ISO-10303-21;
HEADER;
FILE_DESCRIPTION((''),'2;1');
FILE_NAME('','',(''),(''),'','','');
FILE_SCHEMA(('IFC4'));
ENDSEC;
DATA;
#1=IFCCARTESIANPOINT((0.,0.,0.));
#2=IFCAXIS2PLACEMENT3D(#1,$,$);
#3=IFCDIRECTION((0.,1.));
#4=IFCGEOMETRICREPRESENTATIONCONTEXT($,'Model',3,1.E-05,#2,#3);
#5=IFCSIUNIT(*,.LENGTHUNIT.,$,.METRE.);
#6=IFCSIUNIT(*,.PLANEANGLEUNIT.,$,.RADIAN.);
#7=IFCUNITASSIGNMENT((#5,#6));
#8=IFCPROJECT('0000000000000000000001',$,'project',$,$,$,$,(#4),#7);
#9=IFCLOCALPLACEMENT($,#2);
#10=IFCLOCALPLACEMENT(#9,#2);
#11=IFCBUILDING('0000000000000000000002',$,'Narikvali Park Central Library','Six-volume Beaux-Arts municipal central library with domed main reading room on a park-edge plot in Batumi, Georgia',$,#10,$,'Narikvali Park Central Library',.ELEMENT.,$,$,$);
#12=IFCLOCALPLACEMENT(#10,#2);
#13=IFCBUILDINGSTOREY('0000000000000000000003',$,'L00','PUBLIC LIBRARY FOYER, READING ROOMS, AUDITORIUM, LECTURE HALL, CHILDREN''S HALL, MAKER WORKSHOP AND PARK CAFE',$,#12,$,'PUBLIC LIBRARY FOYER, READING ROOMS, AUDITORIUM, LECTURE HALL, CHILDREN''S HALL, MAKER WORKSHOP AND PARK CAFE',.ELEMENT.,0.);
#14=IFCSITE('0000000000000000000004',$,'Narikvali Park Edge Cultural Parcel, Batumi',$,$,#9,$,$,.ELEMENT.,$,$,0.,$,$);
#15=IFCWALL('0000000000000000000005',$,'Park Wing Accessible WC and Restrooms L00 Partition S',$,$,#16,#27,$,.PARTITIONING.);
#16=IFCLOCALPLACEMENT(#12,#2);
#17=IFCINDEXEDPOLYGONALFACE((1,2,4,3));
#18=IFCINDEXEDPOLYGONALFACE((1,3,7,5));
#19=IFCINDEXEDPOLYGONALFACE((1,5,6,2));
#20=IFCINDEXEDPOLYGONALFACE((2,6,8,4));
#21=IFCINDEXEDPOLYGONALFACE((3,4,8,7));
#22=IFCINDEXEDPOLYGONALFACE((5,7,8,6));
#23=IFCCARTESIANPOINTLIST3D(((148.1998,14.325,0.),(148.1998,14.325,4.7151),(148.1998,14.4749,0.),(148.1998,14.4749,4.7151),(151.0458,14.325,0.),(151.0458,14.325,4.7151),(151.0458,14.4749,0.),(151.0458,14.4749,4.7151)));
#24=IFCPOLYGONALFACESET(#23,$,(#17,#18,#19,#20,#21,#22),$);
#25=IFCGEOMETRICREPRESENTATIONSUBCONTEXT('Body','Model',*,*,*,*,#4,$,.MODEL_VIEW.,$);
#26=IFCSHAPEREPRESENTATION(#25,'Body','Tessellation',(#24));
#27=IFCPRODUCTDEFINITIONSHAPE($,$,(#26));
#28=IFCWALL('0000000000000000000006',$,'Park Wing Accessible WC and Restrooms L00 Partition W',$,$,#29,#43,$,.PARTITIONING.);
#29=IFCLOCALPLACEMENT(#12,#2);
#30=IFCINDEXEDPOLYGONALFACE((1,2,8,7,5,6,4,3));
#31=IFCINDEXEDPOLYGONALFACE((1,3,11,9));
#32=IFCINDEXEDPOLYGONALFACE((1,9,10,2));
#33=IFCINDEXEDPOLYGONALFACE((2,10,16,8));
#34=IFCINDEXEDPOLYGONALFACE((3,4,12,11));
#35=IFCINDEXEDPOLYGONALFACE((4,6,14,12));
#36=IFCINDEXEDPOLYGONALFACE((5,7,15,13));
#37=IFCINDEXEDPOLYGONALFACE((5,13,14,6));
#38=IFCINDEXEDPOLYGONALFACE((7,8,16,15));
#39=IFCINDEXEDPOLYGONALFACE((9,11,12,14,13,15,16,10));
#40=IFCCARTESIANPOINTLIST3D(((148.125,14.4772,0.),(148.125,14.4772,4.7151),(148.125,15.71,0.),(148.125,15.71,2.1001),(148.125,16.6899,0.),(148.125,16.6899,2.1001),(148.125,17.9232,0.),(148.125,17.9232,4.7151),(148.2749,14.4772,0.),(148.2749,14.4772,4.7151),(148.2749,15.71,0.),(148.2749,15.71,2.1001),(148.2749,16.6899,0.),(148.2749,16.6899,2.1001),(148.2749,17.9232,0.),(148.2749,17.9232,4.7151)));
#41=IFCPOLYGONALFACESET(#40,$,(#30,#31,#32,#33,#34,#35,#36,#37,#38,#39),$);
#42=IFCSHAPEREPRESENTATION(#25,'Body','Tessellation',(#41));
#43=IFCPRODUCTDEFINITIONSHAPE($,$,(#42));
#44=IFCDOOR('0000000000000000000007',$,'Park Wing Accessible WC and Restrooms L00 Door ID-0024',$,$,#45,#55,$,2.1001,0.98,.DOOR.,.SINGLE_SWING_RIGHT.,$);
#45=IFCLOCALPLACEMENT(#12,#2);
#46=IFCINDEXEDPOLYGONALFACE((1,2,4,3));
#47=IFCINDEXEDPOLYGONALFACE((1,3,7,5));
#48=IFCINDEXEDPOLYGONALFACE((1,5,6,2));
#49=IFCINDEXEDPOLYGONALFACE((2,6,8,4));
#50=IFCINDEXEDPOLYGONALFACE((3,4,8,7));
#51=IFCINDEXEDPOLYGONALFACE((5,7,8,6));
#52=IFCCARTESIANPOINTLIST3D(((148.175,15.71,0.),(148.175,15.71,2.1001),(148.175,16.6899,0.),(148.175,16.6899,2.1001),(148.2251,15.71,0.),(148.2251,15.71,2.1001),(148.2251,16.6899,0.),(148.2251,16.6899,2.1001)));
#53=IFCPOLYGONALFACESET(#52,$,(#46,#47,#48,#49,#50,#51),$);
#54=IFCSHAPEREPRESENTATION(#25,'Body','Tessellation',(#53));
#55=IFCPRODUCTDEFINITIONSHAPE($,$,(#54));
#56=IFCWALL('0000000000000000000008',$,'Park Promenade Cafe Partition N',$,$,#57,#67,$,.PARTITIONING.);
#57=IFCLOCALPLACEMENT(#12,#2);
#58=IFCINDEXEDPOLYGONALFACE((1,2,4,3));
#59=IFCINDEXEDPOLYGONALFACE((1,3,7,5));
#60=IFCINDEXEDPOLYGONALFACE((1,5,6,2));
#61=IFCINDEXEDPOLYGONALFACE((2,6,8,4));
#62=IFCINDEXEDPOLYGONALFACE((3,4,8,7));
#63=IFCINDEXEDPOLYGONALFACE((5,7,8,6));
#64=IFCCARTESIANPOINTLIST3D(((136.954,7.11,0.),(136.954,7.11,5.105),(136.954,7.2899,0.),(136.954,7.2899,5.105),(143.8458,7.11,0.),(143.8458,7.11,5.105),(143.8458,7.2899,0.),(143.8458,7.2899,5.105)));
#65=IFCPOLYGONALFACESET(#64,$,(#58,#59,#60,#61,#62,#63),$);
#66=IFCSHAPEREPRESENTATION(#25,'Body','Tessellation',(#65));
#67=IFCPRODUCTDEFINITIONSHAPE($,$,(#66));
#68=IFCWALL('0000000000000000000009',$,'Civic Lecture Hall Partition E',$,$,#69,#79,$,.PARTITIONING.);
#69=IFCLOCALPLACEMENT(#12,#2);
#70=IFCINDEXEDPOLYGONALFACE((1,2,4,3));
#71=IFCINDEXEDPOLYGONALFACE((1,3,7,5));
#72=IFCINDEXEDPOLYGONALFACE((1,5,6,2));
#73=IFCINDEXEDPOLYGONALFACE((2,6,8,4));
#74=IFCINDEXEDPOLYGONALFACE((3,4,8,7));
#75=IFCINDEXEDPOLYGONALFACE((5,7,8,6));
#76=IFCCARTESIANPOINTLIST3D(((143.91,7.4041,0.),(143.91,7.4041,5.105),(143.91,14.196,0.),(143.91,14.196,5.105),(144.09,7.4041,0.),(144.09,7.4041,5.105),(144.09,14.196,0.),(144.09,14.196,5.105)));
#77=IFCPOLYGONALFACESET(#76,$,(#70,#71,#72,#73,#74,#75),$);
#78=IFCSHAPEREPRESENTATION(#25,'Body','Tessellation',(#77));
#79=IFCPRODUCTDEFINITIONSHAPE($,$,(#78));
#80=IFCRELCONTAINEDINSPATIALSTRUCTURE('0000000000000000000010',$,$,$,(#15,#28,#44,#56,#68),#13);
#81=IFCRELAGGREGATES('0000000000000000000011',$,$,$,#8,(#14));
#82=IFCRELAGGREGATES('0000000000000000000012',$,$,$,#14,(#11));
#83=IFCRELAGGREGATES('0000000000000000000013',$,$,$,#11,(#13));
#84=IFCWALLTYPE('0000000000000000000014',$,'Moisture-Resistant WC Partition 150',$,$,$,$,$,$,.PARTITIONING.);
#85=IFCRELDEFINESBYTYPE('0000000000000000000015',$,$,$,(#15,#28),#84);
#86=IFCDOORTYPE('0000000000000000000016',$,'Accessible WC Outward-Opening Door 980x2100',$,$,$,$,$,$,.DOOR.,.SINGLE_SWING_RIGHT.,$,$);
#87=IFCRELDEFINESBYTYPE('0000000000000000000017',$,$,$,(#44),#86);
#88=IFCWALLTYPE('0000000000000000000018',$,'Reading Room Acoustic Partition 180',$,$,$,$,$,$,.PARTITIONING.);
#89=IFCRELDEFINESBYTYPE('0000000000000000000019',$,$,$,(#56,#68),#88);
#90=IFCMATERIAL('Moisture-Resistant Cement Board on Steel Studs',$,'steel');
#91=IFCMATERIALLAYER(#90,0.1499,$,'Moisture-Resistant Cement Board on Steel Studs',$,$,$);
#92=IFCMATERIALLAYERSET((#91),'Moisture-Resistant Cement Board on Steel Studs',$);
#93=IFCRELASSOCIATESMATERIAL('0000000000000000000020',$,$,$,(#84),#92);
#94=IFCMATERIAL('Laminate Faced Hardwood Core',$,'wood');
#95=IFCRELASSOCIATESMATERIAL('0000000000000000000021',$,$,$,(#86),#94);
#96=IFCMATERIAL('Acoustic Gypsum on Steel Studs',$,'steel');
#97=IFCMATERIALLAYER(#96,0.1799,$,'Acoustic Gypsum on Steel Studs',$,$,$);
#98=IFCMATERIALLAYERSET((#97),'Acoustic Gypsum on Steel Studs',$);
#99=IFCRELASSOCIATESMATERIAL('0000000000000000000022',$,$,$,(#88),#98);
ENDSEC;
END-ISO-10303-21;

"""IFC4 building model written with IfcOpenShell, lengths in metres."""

from ifc_helpers import new_model, si_unit, direction, frame, frame_2d, origin, place, context, subcontext, project, spatial, rectangle, extrude, material, layer, layer_set, type_object, element, fill, save


model = new_model("IFC4")

# Units and contexts
model_context = context("Model", 3, precision=1e-05, world=origin(), true_north=direction((0.0, 1.0)))
body_context = subcontext(model_context, "Body", "Model", "MODEL_VIEW")
ifc_project = project(units=[si_unit("LENGTHUNIT", "METRE"), si_unit("PLANEANGLEUNIT", "RADIAN")], contexts=[model_context])

# Site, building, storey
site_placement = place(None, origin())
site = spatial("IfcSite", under=ifc_project, at=site_placement, Name="Narikvali Park Edge Cultural Parcel, Batumi", CompositionType="ELEMENT", RefElevation=0.0)
building_placement = place(site_placement, origin())
building = spatial("IfcBuilding", under=site, at=building_placement, Name="Narikvali Park Central Library", Description="Six-volume Beaux-Arts municipal central library with domed main reading room on a park-edge plot in Batumi, Georgia", LongName="Narikvali Park Central Library", CompositionType="ELEMENT")
storey_placement = place(building_placement, origin())
storey = spatial("IfcBuildingStorey", under=building, at=storey_placement, Name="L00", Description="PUBLIC LIBRARY FOYER, READING ROOMS, AUDITORIUM, LECTURE HALL, CHILDREN'S HALL, MAKER WORKSHOP AND PARK CAFE", LongName="PUBLIC LIBRARY FOYER, READING ROOMS, AUDITORIUM, LECTURE HALL, CHILDREN'S HALL, MAKER WORKSHOP AND PARK CAFE", CompositionType="ELEMENT", Elevation=0.0)

# Wall
ifc_material_1 = material(Name="Moisture-Resistant Cement Board on Steel Studs", Category="steel")
ifc_layer_1 = layer(ifc_material_1, 0.1499, Name="Moisture-Resistant Cement Board on Steel Studs")
ifc_layer_set_1 = layer_set([ifc_layer_1], Name="Moisture-Resistant Cement Board on Steel Studs")
wall_type_1 = type_object("IfcWallType", Name="Moisture-Resistant WC Partition 150", PredefinedType="PARTITIONING", material=ifc_layer_set_1)
wall_1_placement = place(storey_placement, frame((148.2, 14.3999, 0.0), z_axis=(0.0, 0.0, 1.0), x_axis=(1.0, 0.0, 0.0)))
element("IfcWall", 1, at=wall_1_placement, inside=storey, type_object=wall_type_1, Name="Park Wing Accessible WC and Restrooms L00 Partition S", PredefinedType="PARTITIONING", context=body_context, shape_type="SweptSolid", body=[
    extrude(rectangle(XDim=2.8459, YDim=0.1499, at=frame_2d((1.4229, 0.0))), origin(), (0.0, 0.0, 1.0), 4.7151),
])

# Wall, opening, door
wall_2_placement = place(storey_placement, frame((148.2, 14.4771, 0.0), z_axis=(0.0, 0.0, 1.0), x_axis=(0.0, 1.0, 0.0)))
wall_2 = element("IfcWall", 2, at=wall_2_placement, inside=storey, type_object=wall_type_1, Name="Park Wing Accessible WC and Restrooms L00 Partition W", PredefinedType="PARTITIONING", context=body_context, shape_type="SweptSolid", body=[
    extrude(rectangle(XDim=3.446, YDim=0.1499, at=frame_2d((1.7231, 0.0))), origin(), (0.0, 0.0, 1.0), 4.7151),
])
opening_placement = place(wall_2_placement, frame((1.2329, 0.0, 0.0)))
opening = element("IfcOpeningElement", 3, at=opening_placement, cuts=wall_2, PredefinedType="OPENING", context=body_context, shape_type="SweptSolid", body=[
    extrude(rectangle(XDim=0.98, YDim=2.1001, at=frame_2d((0.49, 1.05))), frame((0.0, 0.0869, 0.0), z_axis=(0.0, -1.0, 0.0), x_axis=(1.0, 0.0, 0.0)), (0.0, 0.0, 1.0), 0.1738),
])
ifc_material_2 = material(Name="Laminate Faced Hardwood Core", Category="wood")
door_type = type_object("IfcDoorType", Name="Accessible WC Outward-Opening Door 980x2100", OperationType="SINGLE_SWING_RIGHT", PredefinedType="DOOR", material=ifc_material_2)
door_placement = place(opening_placement, origin())
door = element("IfcDoor", 4, at=door_placement, inside=storey, type_object=door_type, Name="Park Wing Accessible WC and Restrooms L00 Door ID-0024", OperationType="SINGLE_SWING_RIGHT", OverallHeight=2.1001, OverallWidth=0.98, PredefinedType="DOOR", context=body_context, shape_type="SweptSolid", body=[
    extrude(rectangle(XDim=0.98, YDim=2.1001, at=frame_2d((0.49, 1.05))), frame((0.0, 0.0249, 0.0), z_axis=(0.0, -1.0, 0.0), x_axis=(1.0, 0.0, 0.0)), (0.0, 0.0, 1.0), 0.05),
])
fill(opening, door)

# Walls
ifc_material_3 = material(Name="Acoustic Gypsum on Steel Studs", Category="steel")
ifc_layer_2 = layer(ifc_material_3, 0.1799, Name="Acoustic Gypsum on Steel Studs")
ifc_layer_set_2 = layer_set([ifc_layer_2], Name="Acoustic Gypsum on Steel Studs")
wall_type_2 = type_object("IfcWallType", Name="Reading Room Acoustic Partition 180", PredefinedType="PARTITIONING", material=ifc_layer_set_2)
wall_3_placement = place(storey_placement, frame((136.9541, 7.2, 0.0), z_axis=(0.0, 0.0, 1.0), x_axis=(1.0, 0.0, 0.0)))
element("IfcWall", 5, at=wall_3_placement, inside=storey, type_object=wall_type_2, Name="Park Promenade Cafe Partition N", PredefinedType="PARTITIONING", context=body_context, shape_type="SweptSolid", body=[
    extrude(rectangle(XDim=6.8918, YDim=0.1799, at=frame_2d((3.4458, 0.0))), origin(), (0.0, 0.0, 1.0), 5.105),
])
wall_4_placement = place(storey_placement, frame((144.0, 7.4041, 0.0), z_axis=(0.0, 0.0, 1.0), x_axis=(0.0, 1.0, 0.0)))
element("IfcWall", 6, at=wall_4_placement, inside=storey, type_object=wall_type_2, Name="Civic Lecture Hall Partition E", PredefinedType="PARTITIONING", context=body_context, shape_type="SweptSolid", body=[
    extrude(rectangle(XDim=6.792, YDim=0.1799, at=frame_2d((3.396, 0.0))), origin(), (0.0, 0.0, 1.0), 5.105),
])

save(model, "model.ifc")
